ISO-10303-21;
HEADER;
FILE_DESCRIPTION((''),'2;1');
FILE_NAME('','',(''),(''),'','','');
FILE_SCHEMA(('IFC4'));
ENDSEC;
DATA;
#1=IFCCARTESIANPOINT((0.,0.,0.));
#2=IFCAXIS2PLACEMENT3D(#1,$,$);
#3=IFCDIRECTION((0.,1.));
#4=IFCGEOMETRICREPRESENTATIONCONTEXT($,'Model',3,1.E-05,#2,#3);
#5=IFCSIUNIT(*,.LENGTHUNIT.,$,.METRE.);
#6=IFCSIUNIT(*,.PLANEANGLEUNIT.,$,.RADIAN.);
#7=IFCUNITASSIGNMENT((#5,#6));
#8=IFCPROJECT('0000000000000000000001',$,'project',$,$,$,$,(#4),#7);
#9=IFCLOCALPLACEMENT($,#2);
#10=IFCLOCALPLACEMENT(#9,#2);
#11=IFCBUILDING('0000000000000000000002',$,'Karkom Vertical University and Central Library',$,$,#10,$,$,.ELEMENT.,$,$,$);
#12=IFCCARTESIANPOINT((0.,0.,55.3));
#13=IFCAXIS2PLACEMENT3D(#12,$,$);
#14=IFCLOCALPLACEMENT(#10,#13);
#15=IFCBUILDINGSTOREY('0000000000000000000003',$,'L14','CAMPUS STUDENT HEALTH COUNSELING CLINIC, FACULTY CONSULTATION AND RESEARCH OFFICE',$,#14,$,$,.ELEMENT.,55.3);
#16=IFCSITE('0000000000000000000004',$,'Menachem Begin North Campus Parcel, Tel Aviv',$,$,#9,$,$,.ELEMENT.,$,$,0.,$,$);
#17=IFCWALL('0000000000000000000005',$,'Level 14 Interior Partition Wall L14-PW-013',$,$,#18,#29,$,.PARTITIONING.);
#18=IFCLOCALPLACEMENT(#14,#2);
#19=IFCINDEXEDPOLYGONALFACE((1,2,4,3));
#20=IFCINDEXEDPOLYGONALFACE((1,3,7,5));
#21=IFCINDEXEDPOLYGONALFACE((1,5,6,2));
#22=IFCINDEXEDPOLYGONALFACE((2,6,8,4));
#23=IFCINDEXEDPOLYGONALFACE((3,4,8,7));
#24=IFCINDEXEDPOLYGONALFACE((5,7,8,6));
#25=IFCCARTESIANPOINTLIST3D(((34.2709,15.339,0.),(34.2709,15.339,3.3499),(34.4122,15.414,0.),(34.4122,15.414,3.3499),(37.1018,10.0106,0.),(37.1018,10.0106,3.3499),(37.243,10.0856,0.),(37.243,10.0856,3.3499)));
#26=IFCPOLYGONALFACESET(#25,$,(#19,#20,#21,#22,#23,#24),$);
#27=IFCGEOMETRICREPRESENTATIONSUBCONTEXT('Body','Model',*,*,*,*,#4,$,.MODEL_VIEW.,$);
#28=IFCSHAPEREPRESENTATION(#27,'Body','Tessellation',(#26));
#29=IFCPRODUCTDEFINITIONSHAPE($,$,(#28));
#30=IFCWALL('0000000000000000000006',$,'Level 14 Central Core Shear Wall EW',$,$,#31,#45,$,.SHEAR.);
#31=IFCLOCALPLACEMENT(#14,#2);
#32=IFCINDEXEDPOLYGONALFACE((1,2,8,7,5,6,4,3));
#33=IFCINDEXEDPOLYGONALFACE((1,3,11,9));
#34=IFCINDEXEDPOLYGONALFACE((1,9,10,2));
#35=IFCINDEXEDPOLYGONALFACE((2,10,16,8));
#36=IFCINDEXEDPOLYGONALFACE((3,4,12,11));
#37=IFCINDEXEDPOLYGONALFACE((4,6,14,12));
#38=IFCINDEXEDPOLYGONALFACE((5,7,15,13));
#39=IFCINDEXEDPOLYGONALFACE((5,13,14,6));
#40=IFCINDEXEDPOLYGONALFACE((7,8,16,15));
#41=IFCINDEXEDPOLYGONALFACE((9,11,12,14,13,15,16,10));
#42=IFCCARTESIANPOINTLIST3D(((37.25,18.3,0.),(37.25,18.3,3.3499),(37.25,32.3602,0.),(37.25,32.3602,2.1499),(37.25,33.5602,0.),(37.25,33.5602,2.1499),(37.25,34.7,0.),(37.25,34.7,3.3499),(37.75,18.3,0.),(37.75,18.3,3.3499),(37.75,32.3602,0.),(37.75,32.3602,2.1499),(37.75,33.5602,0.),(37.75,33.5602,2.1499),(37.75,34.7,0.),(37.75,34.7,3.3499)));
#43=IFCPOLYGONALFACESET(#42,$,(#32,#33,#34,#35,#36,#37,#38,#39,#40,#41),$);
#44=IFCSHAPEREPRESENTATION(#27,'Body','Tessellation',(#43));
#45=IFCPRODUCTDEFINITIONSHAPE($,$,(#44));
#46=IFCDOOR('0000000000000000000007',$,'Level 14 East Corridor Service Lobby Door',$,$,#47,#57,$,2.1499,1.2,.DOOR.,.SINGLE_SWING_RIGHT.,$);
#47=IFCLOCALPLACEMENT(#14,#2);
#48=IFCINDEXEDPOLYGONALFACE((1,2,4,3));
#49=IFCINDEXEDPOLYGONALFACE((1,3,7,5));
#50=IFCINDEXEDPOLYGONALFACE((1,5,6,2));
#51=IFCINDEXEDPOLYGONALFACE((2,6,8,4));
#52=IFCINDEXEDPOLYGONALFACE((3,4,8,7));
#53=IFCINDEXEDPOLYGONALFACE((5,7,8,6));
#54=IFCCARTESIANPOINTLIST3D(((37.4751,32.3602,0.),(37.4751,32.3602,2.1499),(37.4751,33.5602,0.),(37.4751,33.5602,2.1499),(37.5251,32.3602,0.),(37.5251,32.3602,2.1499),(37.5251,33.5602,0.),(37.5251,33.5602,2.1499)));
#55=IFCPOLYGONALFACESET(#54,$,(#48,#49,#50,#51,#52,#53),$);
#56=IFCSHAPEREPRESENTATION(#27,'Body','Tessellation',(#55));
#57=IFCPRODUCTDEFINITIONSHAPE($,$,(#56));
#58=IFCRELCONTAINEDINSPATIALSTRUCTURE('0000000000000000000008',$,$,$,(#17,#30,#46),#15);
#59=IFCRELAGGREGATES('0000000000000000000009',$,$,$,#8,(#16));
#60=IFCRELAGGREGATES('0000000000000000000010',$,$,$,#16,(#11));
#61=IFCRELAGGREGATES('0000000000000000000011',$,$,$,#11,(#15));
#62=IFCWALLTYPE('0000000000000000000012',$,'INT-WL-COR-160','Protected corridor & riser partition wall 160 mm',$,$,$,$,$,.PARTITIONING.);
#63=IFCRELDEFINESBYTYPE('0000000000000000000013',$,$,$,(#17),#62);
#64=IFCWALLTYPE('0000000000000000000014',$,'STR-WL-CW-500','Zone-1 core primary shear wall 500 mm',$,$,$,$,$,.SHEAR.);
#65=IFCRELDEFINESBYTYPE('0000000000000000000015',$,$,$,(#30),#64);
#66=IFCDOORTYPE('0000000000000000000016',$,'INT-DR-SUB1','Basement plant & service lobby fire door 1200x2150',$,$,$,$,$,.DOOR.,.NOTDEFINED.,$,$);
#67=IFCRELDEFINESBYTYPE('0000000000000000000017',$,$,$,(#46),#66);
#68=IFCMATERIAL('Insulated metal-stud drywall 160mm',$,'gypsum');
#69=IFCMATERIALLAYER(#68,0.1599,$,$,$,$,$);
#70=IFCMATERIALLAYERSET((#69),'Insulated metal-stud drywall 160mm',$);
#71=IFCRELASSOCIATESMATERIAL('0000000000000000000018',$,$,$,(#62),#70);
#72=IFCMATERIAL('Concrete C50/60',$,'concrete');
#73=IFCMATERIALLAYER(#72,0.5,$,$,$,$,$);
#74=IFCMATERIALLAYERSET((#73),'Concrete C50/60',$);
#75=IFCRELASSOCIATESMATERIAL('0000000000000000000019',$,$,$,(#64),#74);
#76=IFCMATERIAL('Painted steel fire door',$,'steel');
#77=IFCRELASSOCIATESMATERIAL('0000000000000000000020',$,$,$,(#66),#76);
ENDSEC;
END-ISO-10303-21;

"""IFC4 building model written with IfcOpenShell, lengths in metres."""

from ifc_helpers import new_model, si_unit, direction, frame, frame_2d, origin, origin_with_axes, place, context, subcontext, project, spatial, rectangle, extrude, source, transform, mapped, material, layer, layer_set, type_object, element, fill, save


model = new_model("IFC4")

# Units and contexts
model_context = context("Model", 3, precision=1e-05, world=origin(), true_north=direction((0.0, 1.0)))
body_context = subcontext(model_context, "Body", "Model", "MODEL_VIEW")
ifc_project = project(units=[si_unit("LENGTHUNIT", "METRE"), si_unit("PLANEANGLEUNIT", "RADIAN")], contexts=[model_context])

# Site, building, storey
site_placement = place(None, origin())
site = spatial("IfcSite", under=ifc_project, at=site_placement, Name="Menachem Begin North Campus Parcel, Tel Aviv", CompositionType="ELEMENT", RefElevation=0.0)
building_placement = place(site_placement, origin())
building = spatial("IfcBuilding", under=site, at=building_placement, Name="Karkom Vertical University and Central Library", CompositionType="ELEMENT")
storey_placement = place(building_placement, frame((0.0, 0.0, 55.3)))
storey = spatial("IfcBuildingStorey", under=building, at=storey_placement, Name="L14", Description="CAMPUS STUDENT HEALTH COUNSELING CLINIC, FACULTY CONSULTATION AND RESEARCH OFFICE", CompositionType="ELEMENT", Elevation=55.3)

# Shared definitions
ifc_material_1 = material(Name="Concrete C50/60", Category="concrete")

# Wall
ifc_material_2 = material(Name="Insulated metal-stud drywall 160mm", Category="gypsum")
ifc_layer_1 = layer(ifc_material_2, 0.1599)
ifc_layer_set_1 = layer_set([ifc_layer_1], Name="Insulated metal-stud drywall 160mm")
wall_type_1 = type_object("IfcWallType", Name="INT-WL-COR-160", Description="Protected corridor & riser partition wall 160 mm", PredefinedType="PARTITIONING", material=ifc_layer_set_1)
wall_1_placement = place(storey_placement, frame((34.3416, 15.3765, 0.0), z_axis=(0.0, 0.0, 1.0), x_axis=(0.46917, -0.883108, 0.0)))
element("IfcWall", 1, at=wall_1_placement, inside=storey, type_object=wall_type_1, Name="Level 14 Interior Partition Wall L14-PW-013", PredefinedType="PARTITIONING", context=body_context, shape_type="SweptSolid", body=[
    extrude(rectangle(XDim=6.0337, YDim=0.1599, at=frame_2d((3.0168, 0.0))), origin(), (0.0, 0.0, 1.0), 3.3499),
])

# Wall, opening, door
ifc_layer_2 = layer(ifc_material_1, 0.5)
ifc_layer_set_2 = layer_set([ifc_layer_2], Name="Concrete C50/60")
wall_type_2 = type_object("IfcWallType", Name="STR-WL-CW-500", Description="Zone-1 core primary shear wall 500 mm", PredefinedType="SHEAR", material=ifc_layer_set_2)
wall_2_placement = place(storey_placement, frame((37.5, 18.3, 0.0), z_axis=(0.0, 0.0, 1.0), x_axis=(0.0, 1.0, 0.0)))
wall_2 = element("IfcWall", 2, at=wall_2_placement, inside=storey, type_object=wall_type_2, Name="Level 14 Central Core Shear Wall EW", PredefinedType="SHEAR", context=body_context, shape_type="SweptSolid", body=[
    extrude(rectangle(XDim=16.3999, YDim=0.5, at=frame_2d((8.2, 0.0))), origin(), (0.0, 0.0, 1.0), 3.3499),
])
opening_1_placement = place(wall_2_placement, frame((14.0601, 0.0, 0.0)))
opening_1 = element("IfcOpeningElement", 3, at=opening_1_placement, cuts=wall_2, PredefinedType="OPENING", context=body_context, shape_type="SweptSolid", body=[
    extrude(rectangle(XDim=1.2, YDim=2.1499, at=frame_2d((0.6001, 1.075))), frame((0.0, 0.26, 0.0), z_axis=(0.0, -1.0, 0.0), x_axis=(1.0, 0.0, 0.0)), (0.0, 0.0, 1.0), 0.52),
])
ifc_material_3 = material(Name="Painted steel fire door", Category="steel")
door_type = type_object("IfcDoorType", Name="INT-DR-SUB1", Description="Basement plant & service lobby fire door 1200x2150", OperationType="NOTDEFINED", PredefinedType="DOOR", material=ifc_material_3)
shared_shape_1 = source(origin_with_axes(), body_context, "Body", "SweptSolid", [
    extrude(rectangle(XDim=1.2, YDim=2.1499, at=frame_2d((0.6001, 1.075))), frame((0.0, 0.0249, 0.0), z_axis=(0.0, -1.0, 0.0), x_axis=(1.0, 0.0, 0.0)), (0.0, 0.0, 1.0), 0.05),
])
door_placement = place(opening_1_placement, origin())
door = element("IfcDoor", 4, at=door_placement, inside=storey, type_object=door_type, Name="Level 14 East Corridor Service Lobby Door", OperationType="SINGLE_SWING_RIGHT", OverallHeight=2.1499, OverallWidth=1.2, PredefinedType="DOOR", context=body_context, shape_type="MappedRepresentation", body=[
    mapped(shared_shape_1, transform((0.0, 0.0, 0.0), scale=1.0)),
])
fill(opening_1, door)

save(model, "model.ifc")
